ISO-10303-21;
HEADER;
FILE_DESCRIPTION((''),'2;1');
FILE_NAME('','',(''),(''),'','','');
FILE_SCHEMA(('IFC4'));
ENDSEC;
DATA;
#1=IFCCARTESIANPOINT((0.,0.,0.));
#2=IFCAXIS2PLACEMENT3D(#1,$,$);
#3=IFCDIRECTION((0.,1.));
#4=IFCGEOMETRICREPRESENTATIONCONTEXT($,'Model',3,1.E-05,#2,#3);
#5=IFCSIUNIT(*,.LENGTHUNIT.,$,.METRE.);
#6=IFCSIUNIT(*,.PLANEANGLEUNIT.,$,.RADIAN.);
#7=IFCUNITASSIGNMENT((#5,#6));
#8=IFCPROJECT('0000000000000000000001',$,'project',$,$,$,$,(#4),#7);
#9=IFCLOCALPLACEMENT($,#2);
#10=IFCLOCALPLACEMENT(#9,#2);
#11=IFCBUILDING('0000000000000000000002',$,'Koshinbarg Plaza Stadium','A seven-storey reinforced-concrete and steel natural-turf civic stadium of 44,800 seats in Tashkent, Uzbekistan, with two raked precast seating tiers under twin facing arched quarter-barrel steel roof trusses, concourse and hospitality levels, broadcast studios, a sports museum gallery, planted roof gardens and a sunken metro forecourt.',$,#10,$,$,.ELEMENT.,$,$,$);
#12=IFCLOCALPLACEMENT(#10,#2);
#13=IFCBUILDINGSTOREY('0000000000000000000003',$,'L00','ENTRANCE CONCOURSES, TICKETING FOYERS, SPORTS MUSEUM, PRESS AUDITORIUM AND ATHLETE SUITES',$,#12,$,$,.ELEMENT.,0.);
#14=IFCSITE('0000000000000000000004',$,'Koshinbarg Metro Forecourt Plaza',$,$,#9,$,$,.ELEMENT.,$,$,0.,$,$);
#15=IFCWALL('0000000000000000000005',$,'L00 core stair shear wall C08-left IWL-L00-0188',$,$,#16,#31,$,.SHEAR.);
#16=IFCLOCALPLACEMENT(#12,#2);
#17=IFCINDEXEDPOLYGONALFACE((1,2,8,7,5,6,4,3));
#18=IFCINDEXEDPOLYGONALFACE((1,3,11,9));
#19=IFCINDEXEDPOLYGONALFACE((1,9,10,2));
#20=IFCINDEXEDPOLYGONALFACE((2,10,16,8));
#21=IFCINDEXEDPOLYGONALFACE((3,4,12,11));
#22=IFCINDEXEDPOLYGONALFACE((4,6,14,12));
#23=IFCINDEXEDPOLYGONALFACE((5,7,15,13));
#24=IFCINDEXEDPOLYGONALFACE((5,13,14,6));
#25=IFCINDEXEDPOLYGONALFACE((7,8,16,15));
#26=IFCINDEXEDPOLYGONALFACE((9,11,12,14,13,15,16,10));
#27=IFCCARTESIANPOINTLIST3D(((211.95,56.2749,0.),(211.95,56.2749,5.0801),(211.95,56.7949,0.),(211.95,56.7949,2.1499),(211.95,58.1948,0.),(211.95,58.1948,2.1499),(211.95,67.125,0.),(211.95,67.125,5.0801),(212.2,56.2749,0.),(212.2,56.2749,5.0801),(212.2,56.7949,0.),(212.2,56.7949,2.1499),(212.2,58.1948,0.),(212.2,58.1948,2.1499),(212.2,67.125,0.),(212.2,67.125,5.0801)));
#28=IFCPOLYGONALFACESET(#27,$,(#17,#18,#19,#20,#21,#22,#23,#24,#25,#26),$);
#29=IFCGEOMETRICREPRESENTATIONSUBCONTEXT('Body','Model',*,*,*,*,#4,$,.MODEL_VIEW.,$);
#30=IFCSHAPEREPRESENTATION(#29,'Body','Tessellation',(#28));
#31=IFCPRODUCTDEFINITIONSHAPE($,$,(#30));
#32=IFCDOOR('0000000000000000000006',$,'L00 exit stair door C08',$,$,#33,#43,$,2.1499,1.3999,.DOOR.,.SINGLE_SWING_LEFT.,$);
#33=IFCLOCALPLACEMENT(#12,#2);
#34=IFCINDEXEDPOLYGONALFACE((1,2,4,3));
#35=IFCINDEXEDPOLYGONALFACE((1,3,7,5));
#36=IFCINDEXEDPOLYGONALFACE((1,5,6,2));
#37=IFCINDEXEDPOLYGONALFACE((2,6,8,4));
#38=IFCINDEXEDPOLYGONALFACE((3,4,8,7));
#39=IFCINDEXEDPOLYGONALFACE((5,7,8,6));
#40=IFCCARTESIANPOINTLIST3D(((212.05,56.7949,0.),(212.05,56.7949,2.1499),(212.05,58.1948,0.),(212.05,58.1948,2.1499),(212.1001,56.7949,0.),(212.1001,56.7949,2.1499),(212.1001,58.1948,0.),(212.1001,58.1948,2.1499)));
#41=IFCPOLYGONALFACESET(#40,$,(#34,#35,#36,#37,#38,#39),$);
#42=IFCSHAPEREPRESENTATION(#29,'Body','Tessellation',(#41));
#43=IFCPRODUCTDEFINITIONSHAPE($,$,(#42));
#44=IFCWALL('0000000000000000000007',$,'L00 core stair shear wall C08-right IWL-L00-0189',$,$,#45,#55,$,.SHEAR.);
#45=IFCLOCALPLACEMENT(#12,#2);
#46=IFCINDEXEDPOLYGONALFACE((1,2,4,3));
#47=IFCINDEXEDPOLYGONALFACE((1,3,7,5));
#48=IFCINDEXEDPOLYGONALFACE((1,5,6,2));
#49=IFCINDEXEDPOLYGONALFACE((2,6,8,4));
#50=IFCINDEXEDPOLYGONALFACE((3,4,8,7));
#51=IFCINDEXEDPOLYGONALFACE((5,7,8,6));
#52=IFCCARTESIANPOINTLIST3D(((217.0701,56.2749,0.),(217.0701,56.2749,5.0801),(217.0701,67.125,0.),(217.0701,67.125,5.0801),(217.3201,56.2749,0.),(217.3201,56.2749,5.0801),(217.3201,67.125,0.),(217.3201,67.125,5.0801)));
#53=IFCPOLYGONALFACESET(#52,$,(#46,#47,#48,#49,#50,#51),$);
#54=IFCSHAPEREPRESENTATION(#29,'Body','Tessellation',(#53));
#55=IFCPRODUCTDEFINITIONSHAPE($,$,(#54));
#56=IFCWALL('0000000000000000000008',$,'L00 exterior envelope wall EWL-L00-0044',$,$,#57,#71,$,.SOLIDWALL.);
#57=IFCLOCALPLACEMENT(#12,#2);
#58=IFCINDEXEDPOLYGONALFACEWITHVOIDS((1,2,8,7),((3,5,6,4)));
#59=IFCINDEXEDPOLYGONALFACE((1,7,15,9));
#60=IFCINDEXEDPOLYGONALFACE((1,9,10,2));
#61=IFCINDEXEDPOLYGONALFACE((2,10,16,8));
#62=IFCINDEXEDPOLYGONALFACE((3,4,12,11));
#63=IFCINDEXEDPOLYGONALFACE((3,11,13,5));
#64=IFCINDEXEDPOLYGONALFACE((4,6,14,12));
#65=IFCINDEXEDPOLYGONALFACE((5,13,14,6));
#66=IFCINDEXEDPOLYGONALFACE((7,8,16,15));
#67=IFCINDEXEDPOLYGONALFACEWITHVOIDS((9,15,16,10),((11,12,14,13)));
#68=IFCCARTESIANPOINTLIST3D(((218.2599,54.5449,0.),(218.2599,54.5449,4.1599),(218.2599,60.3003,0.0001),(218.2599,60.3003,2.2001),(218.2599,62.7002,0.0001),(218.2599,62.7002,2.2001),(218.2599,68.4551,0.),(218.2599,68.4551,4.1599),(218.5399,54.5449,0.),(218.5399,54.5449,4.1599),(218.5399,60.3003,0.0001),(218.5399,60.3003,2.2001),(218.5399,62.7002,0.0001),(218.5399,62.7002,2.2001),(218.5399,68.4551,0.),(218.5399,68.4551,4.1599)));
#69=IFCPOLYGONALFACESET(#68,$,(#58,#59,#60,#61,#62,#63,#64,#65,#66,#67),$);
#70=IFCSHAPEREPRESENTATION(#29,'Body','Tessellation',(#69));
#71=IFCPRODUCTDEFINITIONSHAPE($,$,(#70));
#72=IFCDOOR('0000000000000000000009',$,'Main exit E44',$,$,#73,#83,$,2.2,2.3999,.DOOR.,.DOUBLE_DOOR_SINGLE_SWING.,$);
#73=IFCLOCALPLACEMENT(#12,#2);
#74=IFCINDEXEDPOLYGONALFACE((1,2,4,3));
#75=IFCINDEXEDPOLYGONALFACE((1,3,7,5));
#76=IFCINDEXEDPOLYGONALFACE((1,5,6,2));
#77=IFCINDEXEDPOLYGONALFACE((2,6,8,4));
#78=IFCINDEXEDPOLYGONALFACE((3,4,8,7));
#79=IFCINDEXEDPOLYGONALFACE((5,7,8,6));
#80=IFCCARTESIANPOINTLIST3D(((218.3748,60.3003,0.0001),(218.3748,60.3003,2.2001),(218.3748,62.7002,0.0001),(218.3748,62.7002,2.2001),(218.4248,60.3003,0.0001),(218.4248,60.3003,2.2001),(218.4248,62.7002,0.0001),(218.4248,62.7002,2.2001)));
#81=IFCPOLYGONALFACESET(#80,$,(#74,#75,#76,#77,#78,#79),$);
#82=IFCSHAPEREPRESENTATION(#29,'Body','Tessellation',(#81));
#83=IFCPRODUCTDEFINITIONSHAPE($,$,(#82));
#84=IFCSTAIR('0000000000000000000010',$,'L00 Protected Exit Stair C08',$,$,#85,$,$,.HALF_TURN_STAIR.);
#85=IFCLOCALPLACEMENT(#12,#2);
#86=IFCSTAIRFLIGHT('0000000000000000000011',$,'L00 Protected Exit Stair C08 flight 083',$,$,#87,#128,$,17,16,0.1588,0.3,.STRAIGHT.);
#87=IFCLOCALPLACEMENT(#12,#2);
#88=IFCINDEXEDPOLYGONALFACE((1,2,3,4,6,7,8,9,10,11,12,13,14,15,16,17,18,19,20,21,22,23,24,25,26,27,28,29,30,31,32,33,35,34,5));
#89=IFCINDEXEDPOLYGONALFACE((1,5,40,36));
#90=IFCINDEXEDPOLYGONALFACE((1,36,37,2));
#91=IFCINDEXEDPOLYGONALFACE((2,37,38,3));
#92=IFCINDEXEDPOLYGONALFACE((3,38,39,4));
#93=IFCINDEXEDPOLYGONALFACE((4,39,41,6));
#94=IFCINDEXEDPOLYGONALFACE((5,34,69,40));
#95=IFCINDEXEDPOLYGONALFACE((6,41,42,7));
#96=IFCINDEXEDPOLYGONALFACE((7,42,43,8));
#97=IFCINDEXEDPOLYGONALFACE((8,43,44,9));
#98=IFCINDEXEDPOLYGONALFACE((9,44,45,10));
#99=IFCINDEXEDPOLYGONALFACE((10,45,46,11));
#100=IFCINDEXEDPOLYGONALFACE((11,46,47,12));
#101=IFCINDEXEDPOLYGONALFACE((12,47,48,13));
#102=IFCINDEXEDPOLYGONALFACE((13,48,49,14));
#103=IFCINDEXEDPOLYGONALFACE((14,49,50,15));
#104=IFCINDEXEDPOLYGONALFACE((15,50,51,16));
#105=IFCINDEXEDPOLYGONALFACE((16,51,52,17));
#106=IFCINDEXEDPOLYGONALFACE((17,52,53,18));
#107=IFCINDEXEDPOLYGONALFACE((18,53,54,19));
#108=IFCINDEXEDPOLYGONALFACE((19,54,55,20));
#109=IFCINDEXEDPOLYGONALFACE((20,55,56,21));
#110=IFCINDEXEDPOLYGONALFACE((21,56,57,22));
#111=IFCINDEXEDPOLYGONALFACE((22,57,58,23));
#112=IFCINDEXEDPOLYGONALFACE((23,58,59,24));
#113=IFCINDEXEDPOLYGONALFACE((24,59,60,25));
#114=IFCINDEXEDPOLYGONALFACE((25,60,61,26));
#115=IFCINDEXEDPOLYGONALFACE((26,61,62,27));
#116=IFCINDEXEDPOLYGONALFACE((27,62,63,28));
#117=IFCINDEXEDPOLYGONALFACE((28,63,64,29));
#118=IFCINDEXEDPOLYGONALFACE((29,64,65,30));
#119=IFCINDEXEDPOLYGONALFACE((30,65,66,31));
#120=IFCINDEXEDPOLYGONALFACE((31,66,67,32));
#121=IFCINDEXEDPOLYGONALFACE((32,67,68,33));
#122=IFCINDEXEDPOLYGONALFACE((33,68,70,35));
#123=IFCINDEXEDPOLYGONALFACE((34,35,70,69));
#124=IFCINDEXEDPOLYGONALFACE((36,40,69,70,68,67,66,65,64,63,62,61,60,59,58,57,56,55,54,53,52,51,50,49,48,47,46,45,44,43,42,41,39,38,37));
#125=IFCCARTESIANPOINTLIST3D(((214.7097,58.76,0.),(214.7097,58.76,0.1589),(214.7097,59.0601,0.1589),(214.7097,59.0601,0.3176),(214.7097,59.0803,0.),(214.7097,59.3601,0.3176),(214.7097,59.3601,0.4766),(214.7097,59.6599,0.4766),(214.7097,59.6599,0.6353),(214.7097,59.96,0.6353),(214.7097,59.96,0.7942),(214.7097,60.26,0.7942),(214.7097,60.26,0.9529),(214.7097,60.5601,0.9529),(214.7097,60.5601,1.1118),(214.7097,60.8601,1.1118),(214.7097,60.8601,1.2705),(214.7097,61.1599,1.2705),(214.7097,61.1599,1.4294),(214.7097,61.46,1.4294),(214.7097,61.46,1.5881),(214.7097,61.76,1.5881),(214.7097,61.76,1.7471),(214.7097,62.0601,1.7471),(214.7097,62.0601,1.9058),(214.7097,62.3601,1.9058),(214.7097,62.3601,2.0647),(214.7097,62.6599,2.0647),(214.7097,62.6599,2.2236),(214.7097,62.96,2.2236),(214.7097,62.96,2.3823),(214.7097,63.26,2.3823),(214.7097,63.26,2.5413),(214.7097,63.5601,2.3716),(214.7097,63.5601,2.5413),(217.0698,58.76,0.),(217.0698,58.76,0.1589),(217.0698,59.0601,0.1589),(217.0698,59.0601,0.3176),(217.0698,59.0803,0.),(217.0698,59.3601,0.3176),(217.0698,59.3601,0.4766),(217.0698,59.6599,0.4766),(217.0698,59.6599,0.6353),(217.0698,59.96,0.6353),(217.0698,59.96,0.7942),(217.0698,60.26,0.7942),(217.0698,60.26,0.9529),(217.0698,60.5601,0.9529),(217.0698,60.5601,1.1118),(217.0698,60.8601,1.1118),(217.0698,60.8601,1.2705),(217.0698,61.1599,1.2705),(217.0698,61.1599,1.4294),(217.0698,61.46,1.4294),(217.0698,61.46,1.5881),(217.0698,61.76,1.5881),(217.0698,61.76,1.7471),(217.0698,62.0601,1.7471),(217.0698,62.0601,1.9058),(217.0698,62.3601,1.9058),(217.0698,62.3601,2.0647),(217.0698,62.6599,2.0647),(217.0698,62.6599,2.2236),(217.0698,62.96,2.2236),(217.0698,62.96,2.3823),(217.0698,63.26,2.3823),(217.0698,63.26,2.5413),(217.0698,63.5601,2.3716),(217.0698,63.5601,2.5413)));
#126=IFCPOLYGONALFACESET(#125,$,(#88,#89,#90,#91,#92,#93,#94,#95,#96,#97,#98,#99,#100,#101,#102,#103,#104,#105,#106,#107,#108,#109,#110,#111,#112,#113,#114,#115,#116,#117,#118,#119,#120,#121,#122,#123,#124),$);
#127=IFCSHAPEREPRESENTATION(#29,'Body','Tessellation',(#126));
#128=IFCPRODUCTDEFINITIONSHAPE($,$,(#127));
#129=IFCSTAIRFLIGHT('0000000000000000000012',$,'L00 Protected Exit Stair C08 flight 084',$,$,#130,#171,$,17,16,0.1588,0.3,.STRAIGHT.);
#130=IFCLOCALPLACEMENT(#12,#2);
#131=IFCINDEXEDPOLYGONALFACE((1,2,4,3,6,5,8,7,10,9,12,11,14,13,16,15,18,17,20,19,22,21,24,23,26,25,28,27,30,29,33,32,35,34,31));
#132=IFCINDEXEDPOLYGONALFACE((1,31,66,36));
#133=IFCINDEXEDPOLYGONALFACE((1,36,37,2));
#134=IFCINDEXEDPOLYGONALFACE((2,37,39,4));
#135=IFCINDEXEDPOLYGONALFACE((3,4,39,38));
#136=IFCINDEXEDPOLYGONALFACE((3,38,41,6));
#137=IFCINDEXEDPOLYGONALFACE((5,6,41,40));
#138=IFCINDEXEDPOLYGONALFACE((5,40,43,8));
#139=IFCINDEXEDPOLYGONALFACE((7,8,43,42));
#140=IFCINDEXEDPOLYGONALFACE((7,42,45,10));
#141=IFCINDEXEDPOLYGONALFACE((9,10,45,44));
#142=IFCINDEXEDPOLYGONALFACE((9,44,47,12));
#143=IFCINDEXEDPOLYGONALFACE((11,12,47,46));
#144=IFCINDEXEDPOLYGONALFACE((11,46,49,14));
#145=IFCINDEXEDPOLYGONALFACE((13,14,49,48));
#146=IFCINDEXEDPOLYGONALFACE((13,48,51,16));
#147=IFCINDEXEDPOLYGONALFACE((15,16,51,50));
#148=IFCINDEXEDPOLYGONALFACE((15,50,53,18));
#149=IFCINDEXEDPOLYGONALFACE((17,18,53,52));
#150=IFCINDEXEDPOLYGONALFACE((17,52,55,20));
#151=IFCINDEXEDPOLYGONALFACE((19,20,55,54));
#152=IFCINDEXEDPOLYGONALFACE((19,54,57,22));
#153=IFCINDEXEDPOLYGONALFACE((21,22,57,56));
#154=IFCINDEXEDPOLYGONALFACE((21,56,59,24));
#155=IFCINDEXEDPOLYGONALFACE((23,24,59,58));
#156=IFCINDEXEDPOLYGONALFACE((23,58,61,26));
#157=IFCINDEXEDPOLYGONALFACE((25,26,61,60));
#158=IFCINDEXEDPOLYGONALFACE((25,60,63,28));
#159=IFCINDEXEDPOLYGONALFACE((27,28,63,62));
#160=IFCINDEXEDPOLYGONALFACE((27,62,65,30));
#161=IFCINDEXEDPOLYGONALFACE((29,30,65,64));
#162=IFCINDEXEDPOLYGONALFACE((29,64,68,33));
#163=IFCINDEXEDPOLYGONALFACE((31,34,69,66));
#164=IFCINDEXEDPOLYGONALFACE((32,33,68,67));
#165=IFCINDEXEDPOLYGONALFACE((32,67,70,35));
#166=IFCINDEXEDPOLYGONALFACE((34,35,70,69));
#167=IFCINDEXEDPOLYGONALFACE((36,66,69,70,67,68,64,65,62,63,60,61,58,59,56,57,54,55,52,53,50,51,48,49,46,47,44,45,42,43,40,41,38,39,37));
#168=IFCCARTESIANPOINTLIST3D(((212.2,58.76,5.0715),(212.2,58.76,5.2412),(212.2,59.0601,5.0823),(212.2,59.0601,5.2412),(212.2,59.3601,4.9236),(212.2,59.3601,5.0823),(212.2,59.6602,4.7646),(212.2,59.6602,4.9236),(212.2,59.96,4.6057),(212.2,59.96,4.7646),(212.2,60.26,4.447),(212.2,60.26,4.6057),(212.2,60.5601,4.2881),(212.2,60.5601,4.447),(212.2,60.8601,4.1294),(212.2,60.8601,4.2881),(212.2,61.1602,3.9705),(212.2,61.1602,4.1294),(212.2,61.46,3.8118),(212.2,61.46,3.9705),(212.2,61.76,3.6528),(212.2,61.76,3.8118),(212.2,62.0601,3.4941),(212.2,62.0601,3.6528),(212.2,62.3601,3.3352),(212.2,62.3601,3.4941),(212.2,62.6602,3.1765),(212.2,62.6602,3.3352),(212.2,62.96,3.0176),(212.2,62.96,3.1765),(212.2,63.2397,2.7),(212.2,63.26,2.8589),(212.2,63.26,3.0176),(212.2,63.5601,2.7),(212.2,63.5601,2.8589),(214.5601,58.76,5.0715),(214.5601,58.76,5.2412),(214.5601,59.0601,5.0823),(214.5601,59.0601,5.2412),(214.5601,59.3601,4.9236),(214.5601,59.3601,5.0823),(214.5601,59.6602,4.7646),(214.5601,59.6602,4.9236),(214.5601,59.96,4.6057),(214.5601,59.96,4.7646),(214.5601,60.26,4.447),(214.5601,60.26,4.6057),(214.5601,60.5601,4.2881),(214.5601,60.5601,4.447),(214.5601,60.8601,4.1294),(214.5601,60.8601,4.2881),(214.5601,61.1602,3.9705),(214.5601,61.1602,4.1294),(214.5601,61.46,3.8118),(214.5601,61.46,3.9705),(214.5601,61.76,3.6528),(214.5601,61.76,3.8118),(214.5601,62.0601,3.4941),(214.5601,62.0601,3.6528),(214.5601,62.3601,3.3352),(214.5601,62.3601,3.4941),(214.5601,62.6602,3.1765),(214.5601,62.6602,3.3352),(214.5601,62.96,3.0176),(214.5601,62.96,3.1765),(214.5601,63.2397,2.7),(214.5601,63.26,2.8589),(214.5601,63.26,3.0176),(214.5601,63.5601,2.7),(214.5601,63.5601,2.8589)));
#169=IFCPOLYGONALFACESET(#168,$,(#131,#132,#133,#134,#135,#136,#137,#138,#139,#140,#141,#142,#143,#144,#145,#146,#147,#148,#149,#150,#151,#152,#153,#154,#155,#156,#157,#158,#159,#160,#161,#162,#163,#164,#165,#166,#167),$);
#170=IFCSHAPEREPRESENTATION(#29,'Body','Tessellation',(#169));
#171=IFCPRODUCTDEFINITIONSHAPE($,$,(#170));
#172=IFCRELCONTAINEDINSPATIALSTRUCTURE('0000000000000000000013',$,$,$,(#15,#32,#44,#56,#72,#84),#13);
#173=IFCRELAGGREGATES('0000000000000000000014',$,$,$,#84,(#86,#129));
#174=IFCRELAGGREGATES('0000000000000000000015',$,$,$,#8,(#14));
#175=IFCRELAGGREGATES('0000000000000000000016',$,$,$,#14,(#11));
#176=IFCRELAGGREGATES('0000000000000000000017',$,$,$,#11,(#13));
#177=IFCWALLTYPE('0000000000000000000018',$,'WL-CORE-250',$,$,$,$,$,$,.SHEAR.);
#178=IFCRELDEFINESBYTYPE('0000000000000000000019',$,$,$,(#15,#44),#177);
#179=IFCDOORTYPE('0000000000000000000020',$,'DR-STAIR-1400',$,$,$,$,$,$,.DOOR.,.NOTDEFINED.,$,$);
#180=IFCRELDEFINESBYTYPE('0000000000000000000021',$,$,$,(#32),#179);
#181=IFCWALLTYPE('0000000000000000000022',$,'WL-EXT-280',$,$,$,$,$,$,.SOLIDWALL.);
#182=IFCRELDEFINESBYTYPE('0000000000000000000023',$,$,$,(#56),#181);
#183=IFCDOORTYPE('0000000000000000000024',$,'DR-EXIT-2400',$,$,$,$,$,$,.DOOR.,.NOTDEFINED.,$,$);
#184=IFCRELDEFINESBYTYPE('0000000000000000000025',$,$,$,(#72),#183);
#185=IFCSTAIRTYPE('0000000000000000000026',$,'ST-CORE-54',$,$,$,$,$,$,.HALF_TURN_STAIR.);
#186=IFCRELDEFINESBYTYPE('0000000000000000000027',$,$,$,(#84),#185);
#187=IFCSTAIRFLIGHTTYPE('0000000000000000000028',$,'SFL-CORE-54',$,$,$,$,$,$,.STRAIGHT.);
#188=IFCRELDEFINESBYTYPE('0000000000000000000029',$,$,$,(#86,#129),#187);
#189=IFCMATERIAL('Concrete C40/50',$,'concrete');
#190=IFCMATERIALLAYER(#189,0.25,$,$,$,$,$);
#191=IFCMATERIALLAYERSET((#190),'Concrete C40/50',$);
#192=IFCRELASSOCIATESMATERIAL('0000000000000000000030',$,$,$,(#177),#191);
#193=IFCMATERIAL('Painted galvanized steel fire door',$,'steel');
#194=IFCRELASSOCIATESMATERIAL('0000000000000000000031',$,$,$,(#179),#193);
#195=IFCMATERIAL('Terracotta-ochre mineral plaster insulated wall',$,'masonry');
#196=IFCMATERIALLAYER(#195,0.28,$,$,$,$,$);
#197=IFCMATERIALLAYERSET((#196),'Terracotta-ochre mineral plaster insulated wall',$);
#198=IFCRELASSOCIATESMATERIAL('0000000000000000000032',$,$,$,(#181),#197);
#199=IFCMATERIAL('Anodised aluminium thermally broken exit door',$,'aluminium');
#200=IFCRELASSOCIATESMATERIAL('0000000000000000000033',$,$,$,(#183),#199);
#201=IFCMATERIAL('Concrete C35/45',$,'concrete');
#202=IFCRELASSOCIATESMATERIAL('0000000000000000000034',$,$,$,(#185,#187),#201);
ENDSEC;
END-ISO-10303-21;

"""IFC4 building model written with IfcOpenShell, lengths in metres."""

from ifc_helpers import new_model, si_unit, direction, frame, frame_2d, origin, place, context, subcontext, project, spatial, polyline, rectangle, outline, extrude, material, layer, layer_set, type_object, element, fill, aggregate, save


model = new_model("IFC4")

# Units and contexts
model_context = context("Model", 3, precision=1e-05, world=origin(), true_north=direction((0.0, 1.0)))
body_context = subcontext(model_context, "Body", "Model", "MODEL_VIEW")
ifc_project = project(units=[si_unit("LENGTHUNIT", "METRE"), si_unit("PLANEANGLEUNIT", "RADIAN")], contexts=[model_context])

# Site, building, storey
site_placement = place(None, origin())
site = spatial("IfcSite", under=ifc_project, at=site_placement, Name="Koshinbarg Metro Forecourt Plaza", CompositionType="ELEMENT", RefElevation=0.0)
building_placement = place(site_placement, origin())
building = spatial("IfcBuilding", under=site, at=building_placement, Name="Koshinbarg Plaza Stadium", Description="A seven-storey reinforced-concrete and steel natural-turf civic stadium of 44,800 seats in Tashkent, Uzbekistan, with two raked precast seating tiers under twin facing arched quarter-barrel steel roof trusses, concourse and hospitality levels, broadcast studios, a sports museum gallery, planted roof gardens and a sunken metro forecourt.", CompositionType="ELEMENT")
storey_placement = place(building_placement, origin())
storey = spatial("IfcBuildingStorey", under=building, at=storey_placement, Name="L00", Description="ENTRANCE CONCOURSES, TICKETING FOYERS, SPORTS MUSEUM, PRESS AUDITORIUM AND ATHLETE SUITES", CompositionType="ELEMENT", Elevation=0.0)

# Shared definitions
ifc_material_1 = material(Name="Concrete C35/45", Category="concrete")

# Shared definitions
ifc_material_2 = material(Name="Concrete C40/50", Category="concrete")

# Shared definitions
ifc_layer_1 = layer(ifc_material_2, 0.25)
ifc_layer_set_1 = layer_set([ifc_layer_1], Name="Concrete C40/50")
wall_type_1 = type_object("IfcWallType", Name="WL-CORE-250", PredefinedType="SHEAR", material=ifc_layer_set_1)

# Wall, opening, door
wall_1_placement = place(storey_placement, frame((212.075, 56.2749, 0.0), z_axis=(0.0, 0.0, 1.0), x_axis=(0.0, 1.0, 0.0)))
wall_1 = element("IfcWall", 1, at=wall_1_placement, inside=storey, type_object=wall_type_1, Name="L00 core stair shear wall C08-left IWL-L00-0188", PredefinedType="SHEAR", context=body_context, shape_type="SweptSolid", body=[
    extrude(rectangle(XDim=10.8501, YDim=0.25, at=frame_2d((5.425, 0.0))), origin(), (0.0, 0.0, 1.0), 5.0801),
])
opening_1_placement = place(wall_1_placement, frame((0.52, 0.0, 0.0)))
opening_1 = element("IfcOpeningElement", 2, at=opening_1_placement, cuts=wall_1, PredefinedType="OPENING", context=body_context, shape_type="SweptSolid", body=[
    extrude(rectangle(XDim=1.3999, YDim=2.1499, at=frame_2d((0.7, 1.075))), frame((0.0, 0.135, 0.0), z_axis=(0.0, -1.0, 0.0), x_axis=(1.0, 0.0, 0.0)), (0.0, 0.0, 1.0), 0.27),
])
ifc_material_3 = material(Name="Painted galvanized steel fire door", Category="steel")
door_type_1 = type_object("IfcDoorType", Name="DR-STAIR-1400", OperationType="NOTDEFINED", PredefinedType="DOOR", material=ifc_material_3)
door_1_placement = place(opening_1_placement, origin())
door_1 = element("IfcDoor", 3, at=door_1_placement, inside=storey, type_object=door_type_1, Name="L00 exit stair door C08", OperationType="SINGLE_SWING_LEFT", OverallHeight=2.1499, OverallWidth=1.3999, PredefinedType="DOOR", context=body_context, shape_type="SweptSolid", body=[
    extrude(rectangle(XDim=1.3999, YDim=2.1499, at=frame_2d((0.7, 1.075))), frame((0.0, 0.0249, 0.0), z_axis=(0.0, -1.0, 0.0), x_axis=(1.0, 0.0, 0.0)), (0.0, 0.0, 1.0), 0.05),
])
fill(opening_1, door_1)

# Wall
wall_2_placement = place(storey_placement, frame((217.1951, 56.2749, 0.0), z_axis=(0.0, 0.0, 1.0), x_axis=(0.0, 1.0, 0.0)))
element("IfcWall", 4, at=wall_2_placement, inside=storey, type_object=wall_type_1, Name="L00 core stair shear wall C08-right IWL-L00-0189", PredefinedType="SHEAR", context=body_context, shape_type="SweptSolid", body=[
    extrude(rectangle(XDim=10.8501, YDim=0.25, at=frame_2d((5.425, 0.0))), origin(), (0.0, 0.0, 1.0), 5.0801),
])

# Wall, opening, door
ifc_material_4 = material(Name="Terracotta-ochre mineral plaster insulated wall", Category="masonry")
ifc_layer_2 = layer(ifc_material_4, 0.28)
ifc_layer_set_2 = layer_set([ifc_layer_2], Name="Terracotta-ochre mineral plaster insulated wall")
wall_type_2 = type_object("IfcWallType", Name="WL-EXT-280", PredefinedType="SOLIDWALL", material=ifc_layer_set_2)
wall_3_placement = place(storey_placement, frame((218.3999, 68.4551, 0.0), z_axis=(0.0, 0.0, 1.0), x_axis=(0.0, -1.0, 0.0)))
wall_3 = element("IfcWall", 5, at=wall_3_placement, inside=storey, type_object=wall_type_2, Name="L00 exterior envelope wall EWL-L00-0044", PredefinedType="SOLIDWALL", context=body_context, shape_type="SweptSolid", body=[
    extrude(rectangle(XDim=13.9102, YDim=0.28, at=frame_2d((6.9551, 0.0))), origin(), (0.0, 0.0, 1.0), 4.1599),
])
opening_2_placement = place(wall_3_placement, frame((5.7549, 0.0, 0.0)))
opening_2 = element("IfcOpeningElement", 6, at=opening_2_placement, cuts=wall_3, PredefinedType="OPENING", context=body_context, shape_type="SweptSolid", body=[
    extrude(rectangle(XDim=2.3999, YDim=2.2, at=frame_2d((1.2, 1.1001))), frame((0.0, 0.1499, 0.0), z_axis=(0.0, -1.0, 0.0), x_axis=(1.0, 0.0, 0.0)), (0.0, 0.0, 1.0), 0.3),
])
ifc_material_5 = material(Name="Anodised aluminium thermally broken exit door", Category="aluminium")
door_type_2 = type_object("IfcDoorType", Name="DR-EXIT-2400", OperationType="NOTDEFINED", PredefinedType="DOOR", material=ifc_material_5)
door_2_placement = place(opening_2_placement, origin())
door_2 = element("IfcDoor", 7, at=door_2_placement, inside=storey, type_object=door_type_2, Name="Main exit E44", OperationType="DOUBLE_DOOR_SINGLE_SWING", OverallHeight=2.2, OverallWidth=2.3999, PredefinedType="DOOR", context=body_context, shape_type="SweptSolid", body=[
    extrude(rectangle(XDim=2.3999, YDim=2.2, at=frame_2d((1.2, 1.1001))), frame((0.0, 0.0249, 0.0), z_axis=(0.0, -1.0, 0.0), x_axis=(1.0, 0.0, 0.0)), (0.0, 0.0, 1.0), 0.05),
])
fill(opening_2, door_2)

# Stair, stair flights
stair_type = type_object("IfcStairType", Name="ST-CORE-54", PredefinedType="HALF_TURN_STAIR", material=ifc_material_1)
stair_placement = place(storey_placement, origin())
stair = element("IfcStair", 8, at=stair_placement, inside=storey, type_object=stair_type, Name="L00 Protected Exit Stair C08", PredefinedType="HALF_TURN_STAIR")
stair_flight_type = type_object("IfcStairFlightType", Name="SFL-CORE-54", PredefinedType="STRAIGHT", material=ifc_material_1)
stair_flight_1_placement = place(storey_placement, frame((215.8899, 58.76, 0.0), z_axis=(0.0, 0.0, 1.0), x_axis=(0.0, 1.0, 0.0)))
stair_flight_1 = element("IfcStairFlight", 9, at=stair_flight_1_placement, type_object=stair_flight_type, Name="L00 Protected Exit Stair C08 flight 083", NumberOfRisers=17, NumberOfTreads=16, PredefinedType="STRAIGHT", RiserHeight=0.1588, TreadLength=0.3, context=body_context, shape_type="SweptSolid", body=[
    extrude(outline(polyline([(0.0, 0.0), (0.0, 0.1589), (0.3, 0.1589), (0.3, 0.3176), (0.6001, 0.3176), (0.6001, 0.4766), (0.8999, 0.4766), (0.8999, 0.6353), (1.2, 0.6353), (1.2, 0.7942), (1.5, 0.7942), (1.5, 0.9529), (1.8, 0.9529), (1.8, 1.1118), (2.1001, 1.1118), (2.1001, 1.2705), (2.3999, 1.2705), (2.3999, 1.4294), (2.7, 1.4294), (2.7, 1.5881), (3.0, 1.5881), (3.0, 1.7471), (3.3, 1.7471), (3.3, 1.9058), (3.6001, 1.9058), (3.6001, 2.0647), (3.8999, 2.0647), (3.8999, 2.2236), (4.2, 2.2236), (4.2, 2.3823), (4.5, 2.3823), (4.5, 2.5413), (4.8, 2.5413), (4.8, 2.7), (4.8, 2.3716), (0.3203, 0.0), (0.0, 0.0)])), frame((0.0, 1.1802, 0.0), z_axis=(0.0, -1.0, 0.0), x_axis=(1.0, 0.0, 0.0)), (0.0, 0.0, 1.0), 2.3601),
])
stair_flight_2_placement = place(storey_placement, frame((213.3799, 63.5601, 2.7), z_axis=(0.0, 0.0, 1.0), x_axis=(0.0, -1.0, 0.0)))
stair_flight_2 = element("IfcStairFlight", 10, at=stair_flight_2_placement, type_object=stair_flight_type, Name="L00 Protected Exit Stair C08 flight 084", NumberOfRisers=17, NumberOfTreads=16, PredefinedType="STRAIGHT", RiserHeight=0.1588, TreadLength=0.3, context=body_context, shape_type="SweptSolid", body=[
    extrude(outline(polyline([(0.0, 0.0), (0.0, 0.1589), (0.3, 0.1589), (0.3, 0.3176), (0.6001, 0.3176), (0.6001, 0.4766), (0.8999, 0.4766), (0.8999, 0.6353), (1.2, 0.6353), (1.2, 0.7942), (1.5, 0.7942), (1.5, 0.9529), (1.8, 0.9529), (1.8, 1.1118), (2.1001, 1.1118), (2.1001, 1.2705), (2.3999, 1.2705), (2.3999, 1.4294), (2.7, 1.4294), (2.7, 1.5881), (3.0, 1.5881), (3.0, 1.7471), (3.3, 1.7471), (3.3, 1.9058), (3.6001, 1.9058), (3.6001, 2.0647), (3.8999, 2.0647), (3.8999, 2.2236), (4.2, 2.2236), (4.2, 2.3823), (4.5, 2.3823), (4.5, 2.5413), (4.8, 2.5413), (4.8, 2.7), (4.8, 2.3716), (0.3203, 0.0), (0.0, 0.0)])), frame((0.0, 1.1802, 0.0), z_axis=(0.0, -1.0, 0.0), x_axis=(1.0, 0.0, 0.0)), (0.0, 0.0, 1.0), 2.3601),
])
aggregate(stair, [stair_flight_1, stair_flight_2])

save(model, "model.ifc")
